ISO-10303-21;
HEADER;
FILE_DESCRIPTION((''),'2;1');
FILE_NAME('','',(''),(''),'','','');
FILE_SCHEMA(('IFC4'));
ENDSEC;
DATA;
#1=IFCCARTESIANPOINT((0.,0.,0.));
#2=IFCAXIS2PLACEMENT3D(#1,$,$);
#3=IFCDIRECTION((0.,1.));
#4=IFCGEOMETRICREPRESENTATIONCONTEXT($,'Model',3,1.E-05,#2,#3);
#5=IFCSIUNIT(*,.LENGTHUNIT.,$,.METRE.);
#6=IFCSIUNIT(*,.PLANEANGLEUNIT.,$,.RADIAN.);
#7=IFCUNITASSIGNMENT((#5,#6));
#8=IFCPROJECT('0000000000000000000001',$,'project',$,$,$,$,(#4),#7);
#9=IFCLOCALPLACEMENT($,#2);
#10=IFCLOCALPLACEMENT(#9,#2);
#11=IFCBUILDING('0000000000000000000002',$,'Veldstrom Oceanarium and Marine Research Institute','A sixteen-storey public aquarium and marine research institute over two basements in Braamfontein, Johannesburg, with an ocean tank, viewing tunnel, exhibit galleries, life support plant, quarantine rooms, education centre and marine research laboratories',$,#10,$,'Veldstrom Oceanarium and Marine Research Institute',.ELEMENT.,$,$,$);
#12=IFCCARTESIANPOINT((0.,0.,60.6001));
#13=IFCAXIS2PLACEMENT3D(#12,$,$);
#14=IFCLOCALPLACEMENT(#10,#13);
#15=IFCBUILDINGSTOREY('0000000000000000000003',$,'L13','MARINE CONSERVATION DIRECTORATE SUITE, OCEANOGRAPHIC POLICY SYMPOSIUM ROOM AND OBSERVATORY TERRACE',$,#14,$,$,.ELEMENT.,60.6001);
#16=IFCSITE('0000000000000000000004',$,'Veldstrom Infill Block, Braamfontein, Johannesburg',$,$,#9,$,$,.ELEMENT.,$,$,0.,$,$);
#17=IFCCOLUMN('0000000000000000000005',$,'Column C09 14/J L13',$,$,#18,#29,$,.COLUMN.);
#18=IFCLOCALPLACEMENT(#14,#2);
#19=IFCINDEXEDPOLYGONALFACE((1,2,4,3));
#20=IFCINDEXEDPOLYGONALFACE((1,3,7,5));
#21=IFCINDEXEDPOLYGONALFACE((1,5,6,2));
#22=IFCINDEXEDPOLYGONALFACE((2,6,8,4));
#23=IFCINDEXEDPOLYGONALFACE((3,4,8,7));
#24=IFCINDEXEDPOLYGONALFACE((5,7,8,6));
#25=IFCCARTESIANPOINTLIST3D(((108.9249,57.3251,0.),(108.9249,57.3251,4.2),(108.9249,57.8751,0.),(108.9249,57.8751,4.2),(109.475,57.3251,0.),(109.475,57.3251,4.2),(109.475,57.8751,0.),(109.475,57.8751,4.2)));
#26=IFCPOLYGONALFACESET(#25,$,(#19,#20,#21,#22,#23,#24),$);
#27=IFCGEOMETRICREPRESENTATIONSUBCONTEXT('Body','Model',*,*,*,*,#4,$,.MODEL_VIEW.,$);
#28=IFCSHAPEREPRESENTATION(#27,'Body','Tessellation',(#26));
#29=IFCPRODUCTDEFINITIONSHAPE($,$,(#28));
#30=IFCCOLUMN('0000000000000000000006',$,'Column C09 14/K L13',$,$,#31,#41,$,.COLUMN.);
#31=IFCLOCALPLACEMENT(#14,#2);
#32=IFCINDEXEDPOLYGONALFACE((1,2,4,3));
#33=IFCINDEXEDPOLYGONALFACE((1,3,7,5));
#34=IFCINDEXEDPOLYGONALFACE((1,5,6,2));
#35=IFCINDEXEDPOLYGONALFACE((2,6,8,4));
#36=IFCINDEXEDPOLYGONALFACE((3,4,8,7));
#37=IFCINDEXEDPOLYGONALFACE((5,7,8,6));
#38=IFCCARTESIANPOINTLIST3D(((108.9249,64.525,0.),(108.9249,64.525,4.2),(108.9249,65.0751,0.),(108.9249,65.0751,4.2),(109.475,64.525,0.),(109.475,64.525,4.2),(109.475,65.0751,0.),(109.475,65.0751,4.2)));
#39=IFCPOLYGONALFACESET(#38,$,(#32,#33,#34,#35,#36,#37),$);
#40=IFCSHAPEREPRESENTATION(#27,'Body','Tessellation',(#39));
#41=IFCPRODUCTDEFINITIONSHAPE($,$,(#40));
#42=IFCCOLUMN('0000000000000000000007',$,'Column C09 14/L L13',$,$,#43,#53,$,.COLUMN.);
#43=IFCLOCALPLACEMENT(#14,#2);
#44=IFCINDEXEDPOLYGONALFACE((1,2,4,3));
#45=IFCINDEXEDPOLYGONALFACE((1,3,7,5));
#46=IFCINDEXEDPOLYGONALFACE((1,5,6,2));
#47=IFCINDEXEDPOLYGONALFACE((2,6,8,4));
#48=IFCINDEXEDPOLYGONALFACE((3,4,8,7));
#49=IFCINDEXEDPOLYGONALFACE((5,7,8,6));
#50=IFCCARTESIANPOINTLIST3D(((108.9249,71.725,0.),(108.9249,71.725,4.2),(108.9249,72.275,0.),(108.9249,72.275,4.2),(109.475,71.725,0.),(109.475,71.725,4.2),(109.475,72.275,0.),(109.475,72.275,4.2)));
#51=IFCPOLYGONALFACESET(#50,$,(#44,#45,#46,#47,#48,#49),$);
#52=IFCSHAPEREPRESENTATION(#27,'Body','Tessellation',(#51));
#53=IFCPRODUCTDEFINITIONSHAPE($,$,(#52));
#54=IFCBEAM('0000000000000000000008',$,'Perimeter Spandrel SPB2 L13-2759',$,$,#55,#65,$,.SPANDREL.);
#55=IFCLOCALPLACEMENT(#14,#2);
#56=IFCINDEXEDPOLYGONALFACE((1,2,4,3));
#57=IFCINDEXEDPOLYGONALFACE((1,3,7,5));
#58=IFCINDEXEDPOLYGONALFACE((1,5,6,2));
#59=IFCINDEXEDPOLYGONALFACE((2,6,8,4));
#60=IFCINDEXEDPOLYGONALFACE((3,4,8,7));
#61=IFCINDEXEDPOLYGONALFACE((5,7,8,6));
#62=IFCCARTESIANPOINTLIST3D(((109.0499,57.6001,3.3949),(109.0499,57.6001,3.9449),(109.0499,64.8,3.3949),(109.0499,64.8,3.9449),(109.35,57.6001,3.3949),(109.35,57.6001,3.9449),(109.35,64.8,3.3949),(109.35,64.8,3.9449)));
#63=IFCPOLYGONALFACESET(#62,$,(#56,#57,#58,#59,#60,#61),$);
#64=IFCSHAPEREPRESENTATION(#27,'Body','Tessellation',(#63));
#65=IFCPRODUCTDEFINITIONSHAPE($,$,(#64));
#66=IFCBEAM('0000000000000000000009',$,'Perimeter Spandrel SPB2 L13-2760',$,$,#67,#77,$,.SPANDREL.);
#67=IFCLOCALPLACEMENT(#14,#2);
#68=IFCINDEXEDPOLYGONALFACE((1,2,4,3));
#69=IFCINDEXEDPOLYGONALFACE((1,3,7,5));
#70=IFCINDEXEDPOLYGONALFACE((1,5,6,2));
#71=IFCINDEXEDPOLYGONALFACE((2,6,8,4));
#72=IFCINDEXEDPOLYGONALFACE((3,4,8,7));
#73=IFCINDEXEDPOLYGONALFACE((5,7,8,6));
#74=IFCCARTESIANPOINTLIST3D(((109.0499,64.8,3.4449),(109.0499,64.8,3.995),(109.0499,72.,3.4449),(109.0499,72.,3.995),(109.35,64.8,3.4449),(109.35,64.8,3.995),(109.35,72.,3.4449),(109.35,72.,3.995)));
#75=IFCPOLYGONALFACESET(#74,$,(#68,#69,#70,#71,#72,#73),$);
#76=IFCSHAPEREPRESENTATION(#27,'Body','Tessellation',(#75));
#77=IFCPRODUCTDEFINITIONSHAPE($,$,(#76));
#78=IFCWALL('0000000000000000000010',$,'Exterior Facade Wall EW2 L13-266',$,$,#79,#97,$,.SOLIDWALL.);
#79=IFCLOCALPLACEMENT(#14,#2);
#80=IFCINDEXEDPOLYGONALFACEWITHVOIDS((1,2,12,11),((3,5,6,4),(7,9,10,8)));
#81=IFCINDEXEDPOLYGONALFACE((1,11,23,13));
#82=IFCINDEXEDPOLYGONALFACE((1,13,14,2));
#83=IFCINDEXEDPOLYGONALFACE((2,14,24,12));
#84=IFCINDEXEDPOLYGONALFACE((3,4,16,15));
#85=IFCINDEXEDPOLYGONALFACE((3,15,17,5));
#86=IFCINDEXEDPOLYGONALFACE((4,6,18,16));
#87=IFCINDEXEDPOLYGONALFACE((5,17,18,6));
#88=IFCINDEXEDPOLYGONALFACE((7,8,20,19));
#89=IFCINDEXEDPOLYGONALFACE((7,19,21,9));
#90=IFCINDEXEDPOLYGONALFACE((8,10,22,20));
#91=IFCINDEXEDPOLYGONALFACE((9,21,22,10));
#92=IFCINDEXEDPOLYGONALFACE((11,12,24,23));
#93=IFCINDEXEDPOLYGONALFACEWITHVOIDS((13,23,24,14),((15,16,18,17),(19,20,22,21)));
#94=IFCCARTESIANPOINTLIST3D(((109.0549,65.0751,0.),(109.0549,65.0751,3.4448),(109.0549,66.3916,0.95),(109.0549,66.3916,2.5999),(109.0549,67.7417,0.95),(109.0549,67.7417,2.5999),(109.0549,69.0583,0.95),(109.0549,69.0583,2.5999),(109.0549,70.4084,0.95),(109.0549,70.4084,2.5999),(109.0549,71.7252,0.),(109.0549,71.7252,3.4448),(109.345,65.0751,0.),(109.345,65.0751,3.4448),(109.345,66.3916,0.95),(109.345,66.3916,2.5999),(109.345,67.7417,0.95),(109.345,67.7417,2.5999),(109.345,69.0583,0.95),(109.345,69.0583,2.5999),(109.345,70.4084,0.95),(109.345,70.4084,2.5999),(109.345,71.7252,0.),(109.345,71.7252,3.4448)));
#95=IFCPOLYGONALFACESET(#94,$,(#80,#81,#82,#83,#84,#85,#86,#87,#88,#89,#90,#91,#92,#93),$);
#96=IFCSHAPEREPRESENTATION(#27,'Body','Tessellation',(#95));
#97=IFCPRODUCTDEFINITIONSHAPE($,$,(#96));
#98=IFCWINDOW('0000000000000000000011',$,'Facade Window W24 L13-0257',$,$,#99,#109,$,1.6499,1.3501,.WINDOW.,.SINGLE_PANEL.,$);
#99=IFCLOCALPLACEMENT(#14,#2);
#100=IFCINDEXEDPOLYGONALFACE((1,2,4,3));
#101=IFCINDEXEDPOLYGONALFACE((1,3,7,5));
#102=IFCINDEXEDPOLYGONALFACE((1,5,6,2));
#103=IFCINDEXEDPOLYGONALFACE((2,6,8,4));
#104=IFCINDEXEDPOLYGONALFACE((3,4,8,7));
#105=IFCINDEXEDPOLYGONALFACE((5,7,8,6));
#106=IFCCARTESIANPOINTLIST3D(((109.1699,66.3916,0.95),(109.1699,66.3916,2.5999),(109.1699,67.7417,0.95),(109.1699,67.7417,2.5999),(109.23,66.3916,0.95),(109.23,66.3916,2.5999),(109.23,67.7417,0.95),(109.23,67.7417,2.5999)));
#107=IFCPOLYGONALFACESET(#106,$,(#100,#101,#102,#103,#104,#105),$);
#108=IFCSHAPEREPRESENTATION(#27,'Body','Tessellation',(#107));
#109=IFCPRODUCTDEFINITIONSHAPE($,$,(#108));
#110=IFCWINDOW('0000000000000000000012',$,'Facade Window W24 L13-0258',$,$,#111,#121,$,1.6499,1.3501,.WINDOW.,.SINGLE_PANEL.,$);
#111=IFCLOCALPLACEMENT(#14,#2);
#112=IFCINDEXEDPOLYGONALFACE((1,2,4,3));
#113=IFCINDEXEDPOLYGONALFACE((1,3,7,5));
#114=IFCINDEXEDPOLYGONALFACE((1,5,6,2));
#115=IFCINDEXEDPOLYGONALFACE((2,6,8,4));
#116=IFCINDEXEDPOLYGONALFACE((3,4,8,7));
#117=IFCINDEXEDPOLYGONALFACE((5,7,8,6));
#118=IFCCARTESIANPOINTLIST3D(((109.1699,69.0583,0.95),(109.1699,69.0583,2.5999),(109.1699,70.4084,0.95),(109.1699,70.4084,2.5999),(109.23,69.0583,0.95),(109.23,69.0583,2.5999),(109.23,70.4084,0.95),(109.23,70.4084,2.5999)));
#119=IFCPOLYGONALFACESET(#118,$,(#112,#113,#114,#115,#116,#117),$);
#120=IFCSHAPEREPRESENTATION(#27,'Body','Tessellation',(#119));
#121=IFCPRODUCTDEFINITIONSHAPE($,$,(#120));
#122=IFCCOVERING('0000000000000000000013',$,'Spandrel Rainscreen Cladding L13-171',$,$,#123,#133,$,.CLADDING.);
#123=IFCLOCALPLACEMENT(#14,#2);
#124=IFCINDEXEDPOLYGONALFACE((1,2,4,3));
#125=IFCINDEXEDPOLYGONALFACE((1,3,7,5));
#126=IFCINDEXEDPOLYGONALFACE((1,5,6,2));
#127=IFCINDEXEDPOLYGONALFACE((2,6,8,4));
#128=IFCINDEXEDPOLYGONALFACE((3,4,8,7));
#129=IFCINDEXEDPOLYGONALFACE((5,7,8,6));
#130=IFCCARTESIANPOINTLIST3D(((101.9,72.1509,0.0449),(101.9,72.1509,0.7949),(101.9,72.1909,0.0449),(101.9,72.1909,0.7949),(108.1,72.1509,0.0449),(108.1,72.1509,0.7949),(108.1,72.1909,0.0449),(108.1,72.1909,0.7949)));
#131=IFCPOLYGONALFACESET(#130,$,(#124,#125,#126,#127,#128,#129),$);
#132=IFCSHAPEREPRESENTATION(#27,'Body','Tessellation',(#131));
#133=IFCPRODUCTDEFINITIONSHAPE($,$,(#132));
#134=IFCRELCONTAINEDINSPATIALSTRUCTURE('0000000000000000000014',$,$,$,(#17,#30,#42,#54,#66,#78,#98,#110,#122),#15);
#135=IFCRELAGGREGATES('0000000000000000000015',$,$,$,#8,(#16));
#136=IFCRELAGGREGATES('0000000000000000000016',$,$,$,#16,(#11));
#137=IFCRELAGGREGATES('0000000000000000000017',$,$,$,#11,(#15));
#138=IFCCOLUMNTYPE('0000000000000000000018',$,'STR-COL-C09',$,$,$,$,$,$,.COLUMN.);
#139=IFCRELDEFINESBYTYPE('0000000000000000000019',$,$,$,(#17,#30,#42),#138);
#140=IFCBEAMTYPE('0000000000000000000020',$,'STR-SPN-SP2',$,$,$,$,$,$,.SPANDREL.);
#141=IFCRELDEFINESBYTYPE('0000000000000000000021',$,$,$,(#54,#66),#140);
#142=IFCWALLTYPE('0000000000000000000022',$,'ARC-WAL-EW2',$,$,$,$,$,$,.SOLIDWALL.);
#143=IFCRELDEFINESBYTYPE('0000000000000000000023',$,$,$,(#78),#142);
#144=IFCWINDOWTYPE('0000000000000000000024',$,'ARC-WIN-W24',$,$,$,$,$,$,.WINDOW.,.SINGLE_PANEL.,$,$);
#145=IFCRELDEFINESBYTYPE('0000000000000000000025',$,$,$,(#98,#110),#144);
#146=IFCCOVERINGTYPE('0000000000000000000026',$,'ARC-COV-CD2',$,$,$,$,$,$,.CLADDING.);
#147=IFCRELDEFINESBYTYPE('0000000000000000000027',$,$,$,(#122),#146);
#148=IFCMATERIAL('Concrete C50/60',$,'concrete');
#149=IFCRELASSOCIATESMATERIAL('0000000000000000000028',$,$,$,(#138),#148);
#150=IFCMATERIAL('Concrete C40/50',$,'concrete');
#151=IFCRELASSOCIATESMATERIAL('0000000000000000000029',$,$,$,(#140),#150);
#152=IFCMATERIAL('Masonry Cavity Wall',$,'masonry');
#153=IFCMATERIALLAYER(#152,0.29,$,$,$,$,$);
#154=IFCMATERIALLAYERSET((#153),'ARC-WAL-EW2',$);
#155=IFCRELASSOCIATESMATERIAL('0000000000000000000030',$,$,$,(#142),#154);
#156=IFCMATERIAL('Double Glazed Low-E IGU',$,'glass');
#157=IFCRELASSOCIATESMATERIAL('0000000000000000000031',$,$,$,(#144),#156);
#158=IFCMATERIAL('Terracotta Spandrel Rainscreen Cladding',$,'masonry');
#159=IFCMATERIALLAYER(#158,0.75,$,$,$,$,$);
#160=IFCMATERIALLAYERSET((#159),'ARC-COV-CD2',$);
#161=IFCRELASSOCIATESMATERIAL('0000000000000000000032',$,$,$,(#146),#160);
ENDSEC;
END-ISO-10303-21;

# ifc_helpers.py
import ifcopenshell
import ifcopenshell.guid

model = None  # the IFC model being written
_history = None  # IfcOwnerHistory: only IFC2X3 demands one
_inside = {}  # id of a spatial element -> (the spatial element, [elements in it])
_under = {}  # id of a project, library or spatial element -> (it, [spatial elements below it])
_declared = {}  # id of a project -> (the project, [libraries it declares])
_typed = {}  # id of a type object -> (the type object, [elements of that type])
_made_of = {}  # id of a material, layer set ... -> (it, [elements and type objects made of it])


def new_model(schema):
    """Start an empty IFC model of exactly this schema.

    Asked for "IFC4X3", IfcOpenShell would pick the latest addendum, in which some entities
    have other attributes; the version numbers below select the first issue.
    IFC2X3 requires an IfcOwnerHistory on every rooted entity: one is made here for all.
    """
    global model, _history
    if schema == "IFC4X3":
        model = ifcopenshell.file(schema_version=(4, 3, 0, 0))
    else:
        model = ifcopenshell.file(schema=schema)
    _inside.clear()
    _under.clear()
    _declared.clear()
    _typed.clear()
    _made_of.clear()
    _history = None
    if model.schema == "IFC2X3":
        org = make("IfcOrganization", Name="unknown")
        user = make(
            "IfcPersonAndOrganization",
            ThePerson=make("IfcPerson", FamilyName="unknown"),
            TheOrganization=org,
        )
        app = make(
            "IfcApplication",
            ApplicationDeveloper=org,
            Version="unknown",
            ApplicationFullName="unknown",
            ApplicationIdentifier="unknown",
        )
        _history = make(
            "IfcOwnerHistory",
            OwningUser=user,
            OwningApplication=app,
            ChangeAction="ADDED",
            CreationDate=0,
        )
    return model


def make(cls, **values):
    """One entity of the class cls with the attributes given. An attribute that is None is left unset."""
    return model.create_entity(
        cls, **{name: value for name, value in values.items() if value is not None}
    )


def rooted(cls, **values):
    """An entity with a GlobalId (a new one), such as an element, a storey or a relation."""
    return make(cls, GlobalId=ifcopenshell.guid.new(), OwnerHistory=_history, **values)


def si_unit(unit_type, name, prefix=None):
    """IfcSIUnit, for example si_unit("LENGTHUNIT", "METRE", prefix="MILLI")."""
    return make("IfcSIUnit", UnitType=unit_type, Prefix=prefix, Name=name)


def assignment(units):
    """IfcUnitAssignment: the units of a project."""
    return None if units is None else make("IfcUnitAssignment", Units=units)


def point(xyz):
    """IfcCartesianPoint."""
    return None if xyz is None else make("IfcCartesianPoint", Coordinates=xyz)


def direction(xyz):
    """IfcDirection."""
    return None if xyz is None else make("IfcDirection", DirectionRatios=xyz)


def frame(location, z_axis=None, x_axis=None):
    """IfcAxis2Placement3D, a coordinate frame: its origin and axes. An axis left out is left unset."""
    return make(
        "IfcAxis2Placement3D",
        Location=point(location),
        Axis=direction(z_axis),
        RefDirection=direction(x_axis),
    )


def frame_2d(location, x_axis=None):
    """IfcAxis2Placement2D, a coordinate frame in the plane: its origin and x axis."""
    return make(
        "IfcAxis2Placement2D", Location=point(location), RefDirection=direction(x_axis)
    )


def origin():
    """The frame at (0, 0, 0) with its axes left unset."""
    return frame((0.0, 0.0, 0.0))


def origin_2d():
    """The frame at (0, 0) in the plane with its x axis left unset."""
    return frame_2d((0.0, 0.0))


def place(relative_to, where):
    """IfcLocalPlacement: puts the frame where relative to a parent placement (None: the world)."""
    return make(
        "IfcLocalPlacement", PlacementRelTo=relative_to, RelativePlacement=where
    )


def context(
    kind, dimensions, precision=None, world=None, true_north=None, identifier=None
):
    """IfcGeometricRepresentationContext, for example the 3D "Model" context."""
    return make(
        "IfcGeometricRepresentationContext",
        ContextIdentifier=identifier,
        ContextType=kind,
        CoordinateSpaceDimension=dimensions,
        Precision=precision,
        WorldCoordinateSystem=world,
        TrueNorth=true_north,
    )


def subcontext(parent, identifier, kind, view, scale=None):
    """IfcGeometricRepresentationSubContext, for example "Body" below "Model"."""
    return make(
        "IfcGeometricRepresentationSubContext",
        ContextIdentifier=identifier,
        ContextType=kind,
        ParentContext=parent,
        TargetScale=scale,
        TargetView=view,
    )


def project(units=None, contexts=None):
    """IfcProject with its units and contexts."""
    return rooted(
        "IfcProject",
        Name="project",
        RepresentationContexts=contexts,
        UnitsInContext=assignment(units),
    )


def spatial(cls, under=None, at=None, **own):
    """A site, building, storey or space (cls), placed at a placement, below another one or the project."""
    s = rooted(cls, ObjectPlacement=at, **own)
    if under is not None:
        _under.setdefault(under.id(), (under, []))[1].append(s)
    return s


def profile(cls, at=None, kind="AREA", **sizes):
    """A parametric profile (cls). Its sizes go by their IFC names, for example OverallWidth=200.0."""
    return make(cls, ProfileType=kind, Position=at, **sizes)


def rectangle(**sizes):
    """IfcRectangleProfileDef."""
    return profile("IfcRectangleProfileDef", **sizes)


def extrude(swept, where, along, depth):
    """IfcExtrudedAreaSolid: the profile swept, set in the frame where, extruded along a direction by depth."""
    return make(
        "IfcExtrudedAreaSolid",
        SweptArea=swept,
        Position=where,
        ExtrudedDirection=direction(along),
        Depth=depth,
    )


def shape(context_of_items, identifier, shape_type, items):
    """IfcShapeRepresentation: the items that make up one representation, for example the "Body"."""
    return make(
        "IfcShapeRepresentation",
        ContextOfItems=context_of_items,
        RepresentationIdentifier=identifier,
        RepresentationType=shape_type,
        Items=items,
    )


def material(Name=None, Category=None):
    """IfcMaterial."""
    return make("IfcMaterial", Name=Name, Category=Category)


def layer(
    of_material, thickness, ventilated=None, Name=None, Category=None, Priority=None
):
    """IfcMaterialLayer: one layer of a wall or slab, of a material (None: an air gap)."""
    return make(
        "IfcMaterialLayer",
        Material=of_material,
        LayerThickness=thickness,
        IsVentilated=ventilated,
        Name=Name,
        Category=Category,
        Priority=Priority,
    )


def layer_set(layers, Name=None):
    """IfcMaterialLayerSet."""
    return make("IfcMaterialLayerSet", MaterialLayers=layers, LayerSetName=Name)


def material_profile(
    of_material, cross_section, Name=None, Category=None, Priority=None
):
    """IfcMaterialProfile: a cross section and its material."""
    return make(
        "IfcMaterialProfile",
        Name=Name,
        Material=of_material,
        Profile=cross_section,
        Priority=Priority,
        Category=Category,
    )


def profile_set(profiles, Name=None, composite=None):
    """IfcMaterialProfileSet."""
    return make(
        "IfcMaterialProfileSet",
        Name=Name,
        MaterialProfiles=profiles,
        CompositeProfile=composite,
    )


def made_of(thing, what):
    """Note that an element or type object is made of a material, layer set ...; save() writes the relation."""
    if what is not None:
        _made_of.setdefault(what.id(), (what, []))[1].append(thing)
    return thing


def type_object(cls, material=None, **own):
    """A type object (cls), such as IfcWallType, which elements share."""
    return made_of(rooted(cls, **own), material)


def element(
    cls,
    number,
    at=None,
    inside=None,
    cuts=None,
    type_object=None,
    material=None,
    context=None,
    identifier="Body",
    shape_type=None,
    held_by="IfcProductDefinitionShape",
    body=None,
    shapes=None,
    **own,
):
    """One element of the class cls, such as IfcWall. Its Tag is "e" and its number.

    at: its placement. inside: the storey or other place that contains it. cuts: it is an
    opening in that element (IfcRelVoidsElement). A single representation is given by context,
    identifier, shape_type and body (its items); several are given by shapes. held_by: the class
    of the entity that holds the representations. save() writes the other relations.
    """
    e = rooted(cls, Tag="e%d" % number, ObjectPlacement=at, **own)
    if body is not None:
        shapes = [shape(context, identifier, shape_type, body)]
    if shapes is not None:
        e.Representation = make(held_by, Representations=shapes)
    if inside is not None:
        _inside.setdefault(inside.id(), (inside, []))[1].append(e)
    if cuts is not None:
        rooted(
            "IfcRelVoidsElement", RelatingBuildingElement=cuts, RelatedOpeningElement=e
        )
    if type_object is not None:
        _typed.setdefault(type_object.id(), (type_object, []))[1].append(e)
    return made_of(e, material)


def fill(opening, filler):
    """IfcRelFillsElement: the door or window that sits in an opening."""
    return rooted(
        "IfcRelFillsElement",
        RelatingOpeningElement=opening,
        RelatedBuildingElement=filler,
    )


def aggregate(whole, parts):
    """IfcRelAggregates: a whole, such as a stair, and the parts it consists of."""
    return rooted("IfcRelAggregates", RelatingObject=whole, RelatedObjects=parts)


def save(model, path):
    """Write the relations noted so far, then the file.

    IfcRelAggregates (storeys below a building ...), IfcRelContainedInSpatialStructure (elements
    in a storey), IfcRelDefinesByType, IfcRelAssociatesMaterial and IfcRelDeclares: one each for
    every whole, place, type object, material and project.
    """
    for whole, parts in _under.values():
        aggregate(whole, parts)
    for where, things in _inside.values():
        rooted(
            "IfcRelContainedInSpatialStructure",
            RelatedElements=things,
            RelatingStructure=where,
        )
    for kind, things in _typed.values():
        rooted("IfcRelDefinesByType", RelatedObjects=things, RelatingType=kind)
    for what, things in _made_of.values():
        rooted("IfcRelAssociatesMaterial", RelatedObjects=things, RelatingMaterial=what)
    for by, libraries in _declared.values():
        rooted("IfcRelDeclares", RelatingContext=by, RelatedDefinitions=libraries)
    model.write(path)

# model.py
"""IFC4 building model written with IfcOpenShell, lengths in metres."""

from ifc_helpers import new_model, si_unit, direction, frame, frame_2d, origin, origin_2d, place, context, subcontext, project, spatial, rectangle, extrude, material, layer, layer_set, material_profile, profile_set, type_object, element, fill, save


model = new_model("IFC4")

# Units and contexts
model_context = context("Model", 3, precision=1e-05, world=origin(), true_north=direction((0.0, 1.0)))
body_context = subcontext(model_context, "Body", "Model", "MODEL_VIEW")
ifc_project = project(units=[si_unit("LENGTHUNIT", "METRE"), si_unit("PLANEANGLEUNIT", "RADIAN")], contexts=[model_context])

# Site, building, storey
site_placement = place(None, origin())
site = spatial("IfcSite", under=ifc_project, at=site_placement, Name="Veldstrom Infill Block, Braamfontein, Johannesburg", CompositionType="ELEMENT", RefElevation=0.0)
building_placement = place(site_placement, origin())
building = spatial("IfcBuilding", under=site, at=building_placement, Name="Veldstrom Oceanarium and Marine Research Institute", Description="A sixteen-storey public aquarium and marine research institute over two basements in Braamfontein, Johannesburg, with an ocean tank, viewing tunnel, exhibit galleries, life support plant, quarantine rooms, education centre and marine research laboratories", LongName="Veldstrom Oceanarium and Marine Research Institute", CompositionType="ELEMENT")
storey_placement = place(building_placement, frame((0.0, 0.0, 60.6001)))
storey = spatial("IfcBuildingStorey", under=building, at=storey_placement, Name="L13", Description="MARINE CONSERVATION DIRECTORATE SUITE, OCEANOGRAPHIC POLICY SYMPOSIUM ROOM AND OBSERVATORY TERRACE", CompositionType="ELEMENT", Elevation=60.6001)

# Columns
ifc_material_1 = material(Name="Concrete C50/60", Category="concrete")
ifc_material_profile_1 = material_profile(ifc_material_1, rectangle(XDim=0.55, YDim=0.55, at=origin_2d()), Name="RC-COL-550x550")
ifc_profile_set_1 = profile_set([ifc_material_profile_1], Name="Concrete C50/60")
column_type = type_object("IfcColumnType", Name="STR-COL-C09", PredefinedType="COLUMN", material=ifc_profile_set_1)
for number, where, z_axis, x_axis, name in (
    (1, (109.2, 57.6001, 0.0), (0.0, 0.0, 1.0), (1.0, 0.0, 0.0), "Column C09 14/J L13"),
    (2, (109.2, 64.8, 0.0), (0.0, 0.0, 1.0), (1.0, 0.0, 0.0), "Column C09 14/K L13"),
    (3, (109.2, 72.0, 0.0), (0.0, 0.0, 1.0), (1.0, 0.0, 0.0), "Column C09 14/L L13"),
):
    element("IfcColumn", number, at=place(storey_placement, frame(where, z_axis=z_axis, x_axis=x_axis)), inside=storey, type_object=column_type, Name=name, PredefinedType="COLUMN", context=body_context, shape_type="SweptSolid", body=[
        extrude(rectangle(XDim=0.55, YDim=0.55, at=origin_2d()), origin(), (0.0, 0.0, 1.0), 4.2),
    ])

# Beams
ifc_material_2 = material(Name="Concrete C40/50", Category="concrete")
ifc_material_profile_2 = material_profile(ifc_material_2, rectangle(XDim=0.3, YDim=0.55, at=origin_2d()), Name="RC-SPN-300x550")
ifc_profile_set_2 = profile_set([ifc_material_profile_2], Name="Concrete C40/50")
beam_type = type_object("IfcBeamType", Name="STR-SPN-SP2", PredefinedType="SPANDREL", material=ifc_profile_set_2)
for number, where, z_axis, x_axis, name in (
    (4, (109.2, 57.6001, 3.6699), (0.0, 1.0, 0.0), (-1.0, 0.0, 0.0), "Perimeter Spandrel SPB2 L13-2759"),
    (5, (109.2, 64.8, 3.72), (0.0, 1.0, 0.0), (-1.0, 0.0, 0.0), "Perimeter Spandrel SPB2 L13-2760"),
):
    element("IfcBeam", number, at=place(storey_placement, frame(where, z_axis=z_axis, x_axis=x_axis)), inside=storey, type_object=beam_type, Name=name, PredefinedType="SPANDREL", context=body_context, shape_type="SweptSolid", body=[
        extrude(rectangle(XDim=0.3, YDim=0.55, at=origin_2d()), origin(), (0.0, 0.0, 1.0), 7.2),
    ])

# Wall, openings, windows
ifc_material_3 = material(Name="Masonry Cavity Wall", Category="masonry")
ifc_layer_1 = layer(ifc_material_3, 0.29)
ifc_layer_set_1 = layer_set([ifc_layer_1], Name="ARC-WAL-EW2")
wall_type_1 = type_object("IfcWallType", Name="ARC-WAL-EW2", PredefinedType="SOLIDWALL", material=ifc_layer_set_1)
wall_1_placement = place(storey_placement, frame((109.2, 65.075, 0.0), z_axis=(0.0, 0.0, 1.0), x_axis=(0.0, 1.0, 0.0)))
wall_1 = element("IfcWall", 6, at=wall_1_placement, inside=storey, type_object=wall_type_1, Name="Exterior Facade Wall EW2 L13-266", PredefinedType="SOLIDWALL", context=body_context, shape_type="SweptSolid", body=[
    extrude(rectangle(XDim=6.6501, YDim=0.29, at=frame_2d((3.3252, 0.0))), origin(), (0.0, 0.0, 1.0), 3.4448),
])
opening_1_placement = place(wall_1_placement, frame((1.3167, 0.0, 0.95)))
opening_1 = element("IfcOpeningElement", 7, at=opening_1_placement, cuts=wall_1, PredefinedType="OPENING", context=body_context, shape_type="SweptSolid", body=[
    extrude(rectangle(XDim=1.3501, YDim=1.6499, at=frame_2d((0.675, 0.825))), frame((0.0, 0.155, 0.0), z_axis=(0.0, -1.0, 0.0), x_axis=(1.0, 0.0, 0.0)), (0.0, 0.0, 1.0), 0.3101),
])
opening_2_placement = place(wall_1_placement, frame((3.9834, 0.0, 0.95)))
opening_2 = element("IfcOpeningElement", 8, at=opening_2_placement, cuts=wall_1, PredefinedType="OPENING", context=body_context, shape_type="SweptSolid", body=[
    extrude(rectangle(XDim=1.3501, YDim=1.6499, at=frame_2d((0.675, 0.825))), frame((0.0, 0.155, 0.0), z_axis=(0.0, -1.0, 0.0), x_axis=(1.0, 0.0, 0.0)), (0.0, 0.0, 1.0), 0.3101),
])
ifc_material_4 = material(Name="Double Glazed Low-E IGU", Category="glass")
window_type = type_object("IfcWindowType", Name="ARC-WIN-W24", PartitioningType="SINGLE_PANEL", PredefinedType="WINDOW", material=ifc_material_4)
window_1_placement = place(opening_1_placement, origin())
window_1 = element("IfcWindow", 9, at=window_1_placement, inside=storey, type_object=window_type, Name="Facade Window W24 L13-0257", OverallHeight=1.6499, OverallWidth=1.3501, PartitioningType="SINGLE_PANEL", PredefinedType="WINDOW", context=body_context, shape_type="SweptSolid", body=[
    extrude(rectangle(XDim=1.3501, YDim=1.6499, at=frame_2d((0.675, 0.825))), frame((0.0, 0.03, 0.0), z_axis=(0.0, -1.0, 0.0), x_axis=(1.0, 0.0, 0.0)), (0.0, 0.0, 1.0), 0.0601),
])
fill(opening_1, window_1)
window_2_placement = place(opening_2_placement, origin())
window_2 = element("IfcWindow", 10, at=window_2_placement, inside=storey, type_object=window_type, Name="Facade Window W24 L13-0258", OverallHeight=1.6499, OverallWidth=1.3501, PartitioningType="SINGLE_PANEL", PredefinedType="WINDOW", context=body_context, shape_type="SweptSolid", body=[
    extrude(rectangle(XDim=1.3501, YDim=1.6499, at=frame_2d((0.675, 0.825))), frame((0.0, 0.03, 0.0), z_axis=(0.0, -1.0, 0.0), x_axis=(1.0, 0.0, 0.0)), (0.0, 0.0, 1.0), 0.0601),
])
fill(opening_2, window_2)

# Covering
ifc_material_5 = material(Name="Terracotta Spandrel Rainscreen Cladding", Category="masonry")
ifc_layer_2 = layer(ifc_material_5, 0.75)
ifc_layer_set_2 = layer_set([ifc_layer_2], Name="ARC-COV-CD2")
covering_type = type_object("IfcCoveringType", Name="ARC-COV-CD2", PredefinedType="CLADDING", material=ifc_layer_set_2)
covering_placement = place(storey_placement, frame((105.0, 72.1709, 0.0449), z_axis=(0.0, 0.0, 1.0), x_axis=(1.0, 0.0, 0.0)))
element("IfcCovering", 11, at=covering_placement, inside=storey, type_object=covering_type, Name="Spandrel Rainscreen Cladding L13-171", PredefinedType="CLADDING", context=body_context, shape_type="SweptSolid", body=[
    extrude(rectangle(XDim=6.2, YDim=0.04, at=origin_2d()), origin(), (0.0, 0.0, 1.0), 0.75),
])

save(model, "model.ifc")
